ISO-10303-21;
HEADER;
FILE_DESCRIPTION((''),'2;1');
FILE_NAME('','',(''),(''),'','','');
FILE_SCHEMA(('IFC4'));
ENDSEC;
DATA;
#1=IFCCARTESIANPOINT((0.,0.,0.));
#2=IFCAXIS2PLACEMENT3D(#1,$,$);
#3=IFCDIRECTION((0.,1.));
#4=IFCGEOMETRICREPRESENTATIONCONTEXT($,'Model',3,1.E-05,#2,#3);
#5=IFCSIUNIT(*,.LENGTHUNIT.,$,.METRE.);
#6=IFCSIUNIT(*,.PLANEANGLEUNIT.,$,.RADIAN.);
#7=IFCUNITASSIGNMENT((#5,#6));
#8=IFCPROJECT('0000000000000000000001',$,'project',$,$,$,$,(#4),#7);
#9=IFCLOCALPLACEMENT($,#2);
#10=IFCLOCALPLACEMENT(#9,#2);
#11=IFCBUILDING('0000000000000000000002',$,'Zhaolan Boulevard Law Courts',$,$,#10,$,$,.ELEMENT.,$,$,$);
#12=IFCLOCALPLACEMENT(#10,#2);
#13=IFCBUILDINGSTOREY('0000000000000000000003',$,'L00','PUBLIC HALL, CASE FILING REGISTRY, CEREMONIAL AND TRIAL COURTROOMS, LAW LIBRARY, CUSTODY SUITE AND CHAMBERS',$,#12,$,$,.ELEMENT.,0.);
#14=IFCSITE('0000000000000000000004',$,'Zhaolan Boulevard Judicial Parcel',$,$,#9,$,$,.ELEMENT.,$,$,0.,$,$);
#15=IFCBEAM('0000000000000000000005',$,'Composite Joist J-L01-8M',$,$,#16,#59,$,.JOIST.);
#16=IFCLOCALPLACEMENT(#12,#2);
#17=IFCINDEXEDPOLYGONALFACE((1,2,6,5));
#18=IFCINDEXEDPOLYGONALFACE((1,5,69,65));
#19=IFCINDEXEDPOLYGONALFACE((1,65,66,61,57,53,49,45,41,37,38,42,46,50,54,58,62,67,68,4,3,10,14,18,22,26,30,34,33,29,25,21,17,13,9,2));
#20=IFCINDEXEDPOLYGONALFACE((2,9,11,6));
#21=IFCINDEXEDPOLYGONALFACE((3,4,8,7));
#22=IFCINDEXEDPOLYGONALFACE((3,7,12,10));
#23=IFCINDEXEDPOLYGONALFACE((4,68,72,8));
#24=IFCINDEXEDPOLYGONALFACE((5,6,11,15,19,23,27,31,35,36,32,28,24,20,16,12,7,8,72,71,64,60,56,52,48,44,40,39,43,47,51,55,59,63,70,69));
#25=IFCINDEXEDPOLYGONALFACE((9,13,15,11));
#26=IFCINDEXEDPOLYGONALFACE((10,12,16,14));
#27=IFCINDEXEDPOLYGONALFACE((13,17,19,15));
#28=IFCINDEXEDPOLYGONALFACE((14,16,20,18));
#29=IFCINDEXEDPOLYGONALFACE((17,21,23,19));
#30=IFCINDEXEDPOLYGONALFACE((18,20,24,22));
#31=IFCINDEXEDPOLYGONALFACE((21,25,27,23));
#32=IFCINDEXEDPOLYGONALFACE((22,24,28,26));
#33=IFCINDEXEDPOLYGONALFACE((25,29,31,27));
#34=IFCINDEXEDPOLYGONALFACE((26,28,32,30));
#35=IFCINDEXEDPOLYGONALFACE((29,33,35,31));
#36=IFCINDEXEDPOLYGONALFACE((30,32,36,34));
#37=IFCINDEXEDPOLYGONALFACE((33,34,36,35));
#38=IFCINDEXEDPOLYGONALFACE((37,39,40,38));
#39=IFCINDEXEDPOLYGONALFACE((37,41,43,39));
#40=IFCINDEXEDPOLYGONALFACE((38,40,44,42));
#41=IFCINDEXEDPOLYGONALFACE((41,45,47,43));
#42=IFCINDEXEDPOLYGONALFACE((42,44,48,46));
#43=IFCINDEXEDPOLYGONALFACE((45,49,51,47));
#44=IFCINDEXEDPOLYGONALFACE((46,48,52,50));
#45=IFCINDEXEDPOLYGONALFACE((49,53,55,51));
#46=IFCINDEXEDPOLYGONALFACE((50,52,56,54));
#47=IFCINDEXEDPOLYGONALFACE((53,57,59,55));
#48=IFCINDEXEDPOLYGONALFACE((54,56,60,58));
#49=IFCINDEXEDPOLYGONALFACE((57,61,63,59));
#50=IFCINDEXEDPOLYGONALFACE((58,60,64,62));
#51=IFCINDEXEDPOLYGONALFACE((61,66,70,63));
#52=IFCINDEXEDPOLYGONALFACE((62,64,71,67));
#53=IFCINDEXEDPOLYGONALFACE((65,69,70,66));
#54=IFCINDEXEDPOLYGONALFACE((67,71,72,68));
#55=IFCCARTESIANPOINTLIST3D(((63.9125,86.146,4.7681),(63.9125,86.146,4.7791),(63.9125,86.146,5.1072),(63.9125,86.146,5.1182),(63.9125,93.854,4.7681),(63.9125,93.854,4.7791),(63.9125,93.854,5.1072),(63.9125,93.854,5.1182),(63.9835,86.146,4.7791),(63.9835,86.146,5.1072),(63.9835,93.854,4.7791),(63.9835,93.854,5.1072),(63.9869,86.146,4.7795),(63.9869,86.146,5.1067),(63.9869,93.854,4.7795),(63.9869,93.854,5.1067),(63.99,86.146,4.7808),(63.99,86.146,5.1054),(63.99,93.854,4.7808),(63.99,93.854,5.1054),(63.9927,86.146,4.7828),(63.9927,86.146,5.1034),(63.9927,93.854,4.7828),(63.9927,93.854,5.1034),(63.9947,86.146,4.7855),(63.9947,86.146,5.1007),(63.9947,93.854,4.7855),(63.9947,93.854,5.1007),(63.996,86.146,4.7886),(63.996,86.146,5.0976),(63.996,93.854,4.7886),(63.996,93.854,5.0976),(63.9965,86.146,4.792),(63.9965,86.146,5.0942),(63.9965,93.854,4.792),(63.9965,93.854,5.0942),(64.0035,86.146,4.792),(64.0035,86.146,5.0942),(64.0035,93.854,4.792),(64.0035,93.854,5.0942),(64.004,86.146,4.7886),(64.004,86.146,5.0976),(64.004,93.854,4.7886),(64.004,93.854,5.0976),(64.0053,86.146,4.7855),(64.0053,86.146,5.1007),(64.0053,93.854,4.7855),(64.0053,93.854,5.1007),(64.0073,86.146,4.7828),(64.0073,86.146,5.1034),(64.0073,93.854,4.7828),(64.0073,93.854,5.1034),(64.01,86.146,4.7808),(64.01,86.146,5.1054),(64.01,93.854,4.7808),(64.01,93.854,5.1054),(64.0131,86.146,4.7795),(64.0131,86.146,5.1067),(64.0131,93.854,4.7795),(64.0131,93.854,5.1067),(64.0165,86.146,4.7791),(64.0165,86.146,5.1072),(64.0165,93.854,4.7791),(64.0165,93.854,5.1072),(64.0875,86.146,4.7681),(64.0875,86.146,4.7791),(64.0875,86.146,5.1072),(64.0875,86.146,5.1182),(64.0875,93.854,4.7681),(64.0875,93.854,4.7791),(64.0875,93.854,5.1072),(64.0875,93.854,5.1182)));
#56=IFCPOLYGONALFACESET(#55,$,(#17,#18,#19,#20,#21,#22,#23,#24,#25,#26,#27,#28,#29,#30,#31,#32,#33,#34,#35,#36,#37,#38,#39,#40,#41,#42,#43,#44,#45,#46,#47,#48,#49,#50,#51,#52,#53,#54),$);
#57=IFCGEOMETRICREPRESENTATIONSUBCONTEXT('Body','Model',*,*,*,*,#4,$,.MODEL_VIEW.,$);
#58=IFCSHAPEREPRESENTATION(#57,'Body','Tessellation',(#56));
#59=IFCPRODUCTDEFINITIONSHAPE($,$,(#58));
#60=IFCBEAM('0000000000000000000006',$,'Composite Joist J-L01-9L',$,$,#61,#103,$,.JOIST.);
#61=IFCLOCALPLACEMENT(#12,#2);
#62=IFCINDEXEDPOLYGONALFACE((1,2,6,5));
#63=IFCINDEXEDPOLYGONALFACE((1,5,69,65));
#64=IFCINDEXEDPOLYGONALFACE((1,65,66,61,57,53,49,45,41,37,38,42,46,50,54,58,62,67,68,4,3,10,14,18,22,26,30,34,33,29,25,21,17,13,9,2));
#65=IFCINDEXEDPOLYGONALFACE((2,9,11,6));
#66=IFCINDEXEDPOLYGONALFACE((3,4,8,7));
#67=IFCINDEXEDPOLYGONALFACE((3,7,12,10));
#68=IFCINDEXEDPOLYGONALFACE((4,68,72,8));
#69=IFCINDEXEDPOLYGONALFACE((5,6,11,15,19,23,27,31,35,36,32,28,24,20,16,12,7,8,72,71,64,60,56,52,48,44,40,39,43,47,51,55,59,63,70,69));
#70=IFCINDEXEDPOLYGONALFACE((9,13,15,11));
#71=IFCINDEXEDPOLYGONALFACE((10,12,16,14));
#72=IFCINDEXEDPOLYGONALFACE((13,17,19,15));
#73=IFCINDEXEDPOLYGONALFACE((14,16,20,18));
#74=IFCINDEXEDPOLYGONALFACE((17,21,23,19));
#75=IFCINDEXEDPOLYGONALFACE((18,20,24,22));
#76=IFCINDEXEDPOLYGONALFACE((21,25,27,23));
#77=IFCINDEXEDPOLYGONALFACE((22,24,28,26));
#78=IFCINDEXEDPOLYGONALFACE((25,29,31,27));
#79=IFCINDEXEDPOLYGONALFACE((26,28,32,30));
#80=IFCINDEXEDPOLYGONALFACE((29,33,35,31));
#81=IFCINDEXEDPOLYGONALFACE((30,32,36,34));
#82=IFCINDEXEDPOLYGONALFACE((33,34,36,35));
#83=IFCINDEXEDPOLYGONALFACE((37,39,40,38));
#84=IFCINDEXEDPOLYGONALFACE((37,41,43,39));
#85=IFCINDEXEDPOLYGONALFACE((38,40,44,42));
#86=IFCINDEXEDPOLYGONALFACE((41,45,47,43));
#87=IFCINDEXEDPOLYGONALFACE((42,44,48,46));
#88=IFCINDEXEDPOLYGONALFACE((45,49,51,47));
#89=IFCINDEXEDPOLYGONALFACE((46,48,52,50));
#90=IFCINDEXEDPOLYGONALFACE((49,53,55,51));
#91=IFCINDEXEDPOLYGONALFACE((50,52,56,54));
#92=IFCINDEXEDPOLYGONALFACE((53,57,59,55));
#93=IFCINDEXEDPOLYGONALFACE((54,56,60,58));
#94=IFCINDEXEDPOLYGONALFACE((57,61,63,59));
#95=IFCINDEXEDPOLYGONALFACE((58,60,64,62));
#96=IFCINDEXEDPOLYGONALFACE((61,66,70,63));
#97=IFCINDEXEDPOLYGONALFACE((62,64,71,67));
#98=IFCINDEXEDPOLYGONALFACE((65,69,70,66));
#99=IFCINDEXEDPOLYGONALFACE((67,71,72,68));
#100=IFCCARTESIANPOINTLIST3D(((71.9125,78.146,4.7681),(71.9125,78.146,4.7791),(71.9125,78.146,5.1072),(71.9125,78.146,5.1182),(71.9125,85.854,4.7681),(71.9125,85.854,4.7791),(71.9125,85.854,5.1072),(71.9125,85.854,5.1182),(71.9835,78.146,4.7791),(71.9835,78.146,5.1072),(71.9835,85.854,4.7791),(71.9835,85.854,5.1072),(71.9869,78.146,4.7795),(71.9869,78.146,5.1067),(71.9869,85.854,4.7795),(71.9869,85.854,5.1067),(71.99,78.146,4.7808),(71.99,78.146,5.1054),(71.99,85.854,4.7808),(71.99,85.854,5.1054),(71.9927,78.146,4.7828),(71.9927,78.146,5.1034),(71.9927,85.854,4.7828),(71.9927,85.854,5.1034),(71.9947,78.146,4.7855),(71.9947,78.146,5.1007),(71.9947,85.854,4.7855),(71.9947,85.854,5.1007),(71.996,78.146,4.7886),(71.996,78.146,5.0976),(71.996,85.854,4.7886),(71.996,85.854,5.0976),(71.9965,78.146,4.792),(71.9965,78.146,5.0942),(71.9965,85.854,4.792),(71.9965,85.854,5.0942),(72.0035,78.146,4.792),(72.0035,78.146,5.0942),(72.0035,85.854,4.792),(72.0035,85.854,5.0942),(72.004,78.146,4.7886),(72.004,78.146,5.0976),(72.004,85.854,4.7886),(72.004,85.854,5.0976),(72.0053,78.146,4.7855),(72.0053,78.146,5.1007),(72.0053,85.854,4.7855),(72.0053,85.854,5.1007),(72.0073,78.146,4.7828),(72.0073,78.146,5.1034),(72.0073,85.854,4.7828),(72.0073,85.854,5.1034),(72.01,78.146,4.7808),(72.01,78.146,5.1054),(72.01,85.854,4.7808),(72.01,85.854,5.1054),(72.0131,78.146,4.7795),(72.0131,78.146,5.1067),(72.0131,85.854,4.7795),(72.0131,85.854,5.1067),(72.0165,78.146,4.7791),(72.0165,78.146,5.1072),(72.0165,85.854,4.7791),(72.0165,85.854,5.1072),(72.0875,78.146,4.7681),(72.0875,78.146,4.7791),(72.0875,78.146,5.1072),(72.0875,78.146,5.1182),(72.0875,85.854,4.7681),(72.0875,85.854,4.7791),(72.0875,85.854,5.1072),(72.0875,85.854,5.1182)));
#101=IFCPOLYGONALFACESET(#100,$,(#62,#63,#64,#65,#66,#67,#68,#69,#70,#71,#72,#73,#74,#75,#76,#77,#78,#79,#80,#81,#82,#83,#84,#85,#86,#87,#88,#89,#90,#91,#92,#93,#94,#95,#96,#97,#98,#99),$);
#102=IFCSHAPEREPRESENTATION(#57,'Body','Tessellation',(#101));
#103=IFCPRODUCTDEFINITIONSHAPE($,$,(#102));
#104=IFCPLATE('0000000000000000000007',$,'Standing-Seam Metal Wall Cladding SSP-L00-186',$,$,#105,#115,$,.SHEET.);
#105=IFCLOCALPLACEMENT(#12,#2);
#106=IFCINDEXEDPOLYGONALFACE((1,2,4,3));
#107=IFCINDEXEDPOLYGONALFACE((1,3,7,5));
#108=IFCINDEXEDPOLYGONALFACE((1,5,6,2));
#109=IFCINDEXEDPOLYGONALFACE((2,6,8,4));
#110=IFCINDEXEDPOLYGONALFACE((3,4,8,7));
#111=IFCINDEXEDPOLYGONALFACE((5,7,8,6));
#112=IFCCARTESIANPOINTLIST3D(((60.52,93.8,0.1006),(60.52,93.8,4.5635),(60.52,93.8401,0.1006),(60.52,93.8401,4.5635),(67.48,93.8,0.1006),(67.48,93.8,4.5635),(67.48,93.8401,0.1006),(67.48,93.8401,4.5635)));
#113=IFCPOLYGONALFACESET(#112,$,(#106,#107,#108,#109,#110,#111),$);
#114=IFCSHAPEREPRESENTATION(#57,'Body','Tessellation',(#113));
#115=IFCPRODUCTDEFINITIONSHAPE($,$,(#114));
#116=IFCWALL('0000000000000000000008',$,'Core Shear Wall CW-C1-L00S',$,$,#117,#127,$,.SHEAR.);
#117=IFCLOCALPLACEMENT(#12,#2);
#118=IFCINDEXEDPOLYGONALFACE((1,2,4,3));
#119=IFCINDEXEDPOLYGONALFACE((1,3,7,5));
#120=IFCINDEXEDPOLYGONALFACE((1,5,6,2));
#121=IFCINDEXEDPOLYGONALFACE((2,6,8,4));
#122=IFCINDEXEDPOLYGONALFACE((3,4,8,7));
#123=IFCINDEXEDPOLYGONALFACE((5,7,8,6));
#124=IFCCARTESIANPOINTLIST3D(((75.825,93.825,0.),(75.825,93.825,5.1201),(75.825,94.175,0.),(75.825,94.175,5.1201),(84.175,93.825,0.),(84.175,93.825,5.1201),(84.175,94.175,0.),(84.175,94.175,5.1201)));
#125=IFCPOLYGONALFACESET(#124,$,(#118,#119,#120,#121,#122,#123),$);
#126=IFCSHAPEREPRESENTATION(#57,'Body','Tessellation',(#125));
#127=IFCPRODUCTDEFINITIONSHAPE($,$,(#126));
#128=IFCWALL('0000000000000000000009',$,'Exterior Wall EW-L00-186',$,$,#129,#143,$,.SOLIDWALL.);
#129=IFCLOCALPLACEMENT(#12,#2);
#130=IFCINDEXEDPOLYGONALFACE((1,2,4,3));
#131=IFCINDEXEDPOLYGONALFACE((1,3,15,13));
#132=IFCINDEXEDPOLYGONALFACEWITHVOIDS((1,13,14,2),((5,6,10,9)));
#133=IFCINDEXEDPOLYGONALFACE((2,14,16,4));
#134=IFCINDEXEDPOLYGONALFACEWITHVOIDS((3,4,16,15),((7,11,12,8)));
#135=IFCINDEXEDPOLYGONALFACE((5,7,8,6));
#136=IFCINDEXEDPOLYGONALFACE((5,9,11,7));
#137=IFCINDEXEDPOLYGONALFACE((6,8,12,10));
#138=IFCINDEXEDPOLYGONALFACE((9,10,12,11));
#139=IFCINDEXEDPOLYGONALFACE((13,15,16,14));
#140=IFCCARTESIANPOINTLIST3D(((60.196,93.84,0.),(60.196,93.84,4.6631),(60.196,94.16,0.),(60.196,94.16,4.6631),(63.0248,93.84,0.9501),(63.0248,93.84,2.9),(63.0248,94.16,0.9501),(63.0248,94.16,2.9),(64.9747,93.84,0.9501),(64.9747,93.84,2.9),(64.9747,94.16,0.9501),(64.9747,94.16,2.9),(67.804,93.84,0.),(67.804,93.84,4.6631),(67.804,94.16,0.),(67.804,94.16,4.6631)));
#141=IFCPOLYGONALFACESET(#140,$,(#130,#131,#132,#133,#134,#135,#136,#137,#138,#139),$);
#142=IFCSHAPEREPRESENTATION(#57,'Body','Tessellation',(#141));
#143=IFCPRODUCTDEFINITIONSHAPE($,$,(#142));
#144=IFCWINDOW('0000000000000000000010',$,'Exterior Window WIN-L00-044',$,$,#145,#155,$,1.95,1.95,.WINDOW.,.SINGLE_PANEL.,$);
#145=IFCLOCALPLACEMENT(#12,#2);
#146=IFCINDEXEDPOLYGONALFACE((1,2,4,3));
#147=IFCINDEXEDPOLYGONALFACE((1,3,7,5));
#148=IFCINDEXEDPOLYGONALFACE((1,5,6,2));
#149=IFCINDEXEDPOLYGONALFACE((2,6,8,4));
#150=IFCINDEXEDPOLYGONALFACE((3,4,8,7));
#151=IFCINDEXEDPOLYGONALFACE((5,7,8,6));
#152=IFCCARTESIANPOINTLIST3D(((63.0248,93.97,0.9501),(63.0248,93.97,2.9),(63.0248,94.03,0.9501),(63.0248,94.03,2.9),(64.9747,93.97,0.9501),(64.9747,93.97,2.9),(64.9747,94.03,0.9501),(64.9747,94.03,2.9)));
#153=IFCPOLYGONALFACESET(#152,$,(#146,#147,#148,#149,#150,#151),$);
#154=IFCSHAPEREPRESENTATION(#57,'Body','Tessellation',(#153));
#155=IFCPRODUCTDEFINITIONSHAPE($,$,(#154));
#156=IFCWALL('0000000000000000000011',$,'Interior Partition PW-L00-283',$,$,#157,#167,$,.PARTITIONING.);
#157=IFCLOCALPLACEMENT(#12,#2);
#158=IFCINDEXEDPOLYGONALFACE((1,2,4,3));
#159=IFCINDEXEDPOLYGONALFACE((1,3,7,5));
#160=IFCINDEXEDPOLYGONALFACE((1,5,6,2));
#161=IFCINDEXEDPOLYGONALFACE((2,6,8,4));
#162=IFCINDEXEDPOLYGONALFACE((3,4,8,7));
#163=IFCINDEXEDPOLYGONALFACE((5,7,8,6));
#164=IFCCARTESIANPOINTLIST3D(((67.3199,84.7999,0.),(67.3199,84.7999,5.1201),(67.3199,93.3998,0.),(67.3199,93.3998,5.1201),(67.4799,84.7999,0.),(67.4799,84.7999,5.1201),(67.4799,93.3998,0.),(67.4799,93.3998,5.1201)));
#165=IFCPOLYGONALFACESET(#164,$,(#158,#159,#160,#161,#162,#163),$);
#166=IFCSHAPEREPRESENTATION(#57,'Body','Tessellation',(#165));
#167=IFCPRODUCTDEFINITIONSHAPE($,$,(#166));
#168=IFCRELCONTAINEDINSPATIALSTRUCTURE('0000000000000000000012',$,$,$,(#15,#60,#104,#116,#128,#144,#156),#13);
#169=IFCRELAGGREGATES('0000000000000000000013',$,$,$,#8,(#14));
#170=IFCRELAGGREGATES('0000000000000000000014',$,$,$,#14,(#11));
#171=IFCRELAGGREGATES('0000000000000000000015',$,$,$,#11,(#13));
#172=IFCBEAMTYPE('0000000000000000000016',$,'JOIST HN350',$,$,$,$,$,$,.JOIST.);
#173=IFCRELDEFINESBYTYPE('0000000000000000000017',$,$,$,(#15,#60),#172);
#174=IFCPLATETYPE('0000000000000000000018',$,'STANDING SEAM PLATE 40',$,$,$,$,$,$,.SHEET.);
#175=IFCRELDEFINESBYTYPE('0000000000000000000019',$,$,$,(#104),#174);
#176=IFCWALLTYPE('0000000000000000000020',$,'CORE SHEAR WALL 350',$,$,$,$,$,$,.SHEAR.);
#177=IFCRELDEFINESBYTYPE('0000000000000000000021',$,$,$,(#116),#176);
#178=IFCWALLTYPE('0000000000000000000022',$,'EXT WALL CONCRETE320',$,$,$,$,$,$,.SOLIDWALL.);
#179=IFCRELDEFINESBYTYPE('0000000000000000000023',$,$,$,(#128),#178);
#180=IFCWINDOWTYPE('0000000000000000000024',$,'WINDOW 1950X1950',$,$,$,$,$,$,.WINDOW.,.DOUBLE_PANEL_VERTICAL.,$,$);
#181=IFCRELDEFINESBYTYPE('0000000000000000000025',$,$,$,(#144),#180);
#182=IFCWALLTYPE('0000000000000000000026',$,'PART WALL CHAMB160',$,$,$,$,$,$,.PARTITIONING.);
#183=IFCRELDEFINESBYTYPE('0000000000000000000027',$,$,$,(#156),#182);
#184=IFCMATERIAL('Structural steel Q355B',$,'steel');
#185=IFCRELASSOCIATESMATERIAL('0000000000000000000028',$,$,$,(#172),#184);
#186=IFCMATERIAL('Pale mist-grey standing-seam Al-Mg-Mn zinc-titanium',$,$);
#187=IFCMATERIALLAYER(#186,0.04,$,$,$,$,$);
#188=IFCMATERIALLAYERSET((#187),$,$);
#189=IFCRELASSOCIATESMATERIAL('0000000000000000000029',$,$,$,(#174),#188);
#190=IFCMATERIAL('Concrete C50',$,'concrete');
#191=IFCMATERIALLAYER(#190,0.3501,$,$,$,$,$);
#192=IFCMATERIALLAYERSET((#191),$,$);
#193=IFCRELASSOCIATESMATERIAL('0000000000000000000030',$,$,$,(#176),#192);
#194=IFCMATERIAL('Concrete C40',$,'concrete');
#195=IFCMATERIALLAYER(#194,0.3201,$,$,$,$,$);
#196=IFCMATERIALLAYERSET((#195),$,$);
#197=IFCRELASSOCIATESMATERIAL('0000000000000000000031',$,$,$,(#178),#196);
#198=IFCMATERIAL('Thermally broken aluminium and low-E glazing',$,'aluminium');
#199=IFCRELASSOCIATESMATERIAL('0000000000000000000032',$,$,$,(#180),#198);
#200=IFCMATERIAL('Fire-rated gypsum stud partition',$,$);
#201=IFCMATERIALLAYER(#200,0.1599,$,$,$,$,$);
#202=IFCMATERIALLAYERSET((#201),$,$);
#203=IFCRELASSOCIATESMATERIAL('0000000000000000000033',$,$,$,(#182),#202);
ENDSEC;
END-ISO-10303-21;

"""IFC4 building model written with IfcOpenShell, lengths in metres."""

from ifc_helpers import new_model, si_unit, direction, frame, frame_2d, origin, origin_2d, place, context, subcontext, project, spatial, rectangle, i_section, extrude, material, layer, layer_set, material_profile, profile_set, type_object, element, fill, save


model = new_model("IFC4")

# Units and contexts
model_context = context("Model", 3, precision=1e-05, world=origin(), true_north=direction((0.0, 1.0)))
body_context = subcontext(model_context, "Body", "Model", "MODEL_VIEW")
ifc_project = project(units=[si_unit("LENGTHUNIT", "METRE"), si_unit("PLANEANGLEUNIT", "RADIAN")], contexts=[model_context])

# Site, building, storey
site_placement = place(None, origin())
site = spatial("IfcSite", under=ifc_project, at=site_placement, Name="Zhaolan Boulevard Judicial Parcel", CompositionType="ELEMENT", RefElevation=0.0)
building_placement = place(site_placement, origin())
building = spatial("IfcBuilding", under=site, at=building_placement, Name="Zhaolan Boulevard Law Courts", CompositionType="ELEMENT")
storey_placement = place(building_placement, origin())
storey = spatial("IfcBuildingStorey", under=building, at=storey_placement, Name="L00", Description="PUBLIC HALL, CASE FILING REGISTRY, CEREMONIAL AND TRIAL COURTROOMS, LAW LIBRARY, CUSTODY SUITE AND CHAMBERS", CompositionType="ELEMENT", Elevation=0.0)

# Beams
ifc_material_1 = material(Name="Structural steel Q355B", Category="steel")
ifc_material_profile_1 = material_profile(ifc_material_1, i_section(OverallWidth=0.175, OverallDepth=0.3501, WebThickness=0.0071, FlangeThickness=0.011, FilletRadius=0.0129, at=origin_2d()), Name="HN350x175")
ifc_profile_set_1 = profile_set([ifc_material_profile_1], Name="Structural steel Q355B")
beam_type_1 = type_object("IfcBeamType", Name="JOIST HN350", PredefinedType="JOIST", material=ifc_profile_set_1)
for number, where, z_axis, x_axis, name in (
    (1, (64.0, 86.146, 4.9431), (0.0, 1.0, 0.0), (-1.0, 0.0, 0.0), "Composite Joist J-L01-8M"),
    (2, (72.0, 78.146, 4.9431), (0.0, 1.0, 0.0), (-1.0, 0.0, 0.0), "Composite Joist J-L01-9L"),
):
    element("IfcBeam", number, at=place(storey_placement, frame(where, z_axis=z_axis, x_axis=x_axis)), inside=storey, type_object=beam_type_1, Name=name, PredefinedType="JOIST", context=body_context, shape_type="SweptSolid", body=[
        extrude(i_section(OverallWidth=0.175, OverallDepth=0.3501, WebThickness=0.0071, FlangeThickness=0.011, FilletRadius=0.0129, at=origin_2d()), origin(), (0.0, 0.0, 1.0), 7.708),
    ])

# Plate
ifc_material_2 = material(Name="Pale mist-grey standing-seam Al-Mg-Mn zinc-titanium")
ifc_layer_1 = layer(ifc_material_2, 0.04)
ifc_layer_set_1 = layer_set([ifc_layer_1])
plate_type = type_object("IfcPlateType", Name="STANDING SEAM PLATE 40", PredefinedType="SHEET", material=ifc_layer_set_1)
plate_placement = place(storey_placement, frame((64.0, 93.8201, 0.1006), z_axis=(0.0, 0.0, 1.0), x_axis=(-1.0, 0.0, 0.0)))
element("IfcPlate", 3, at=plate_placement, inside=storey, type_object=plate_type, Name="Standing-Seam Metal Wall Cladding SSP-L00-186", PredefinedType="SHEET", context=body_context, shape_type="SweptSolid", body=[
    extrude(rectangle(XDim=6.96, YDim=0.04, at=origin_2d()), origin(), (0.0, 0.0, 1.0), 4.4629),
])

# Wall
ifc_material_3 = material(Name="Concrete C50", Category="concrete")
ifc_layer_2 = layer(ifc_material_3, 0.3501)
ifc_layer_set_2 = layer_set([ifc_layer_2])
wall_type_1 = type_object("IfcWallType", Name="CORE SHEAR WALL 350", PredefinedType="SHEAR", material=ifc_layer_set_2)
wall_1_placement = place(storey_placement, frame((75.825, 94.0, 0.0), z_axis=(0.0, 0.0, 1.0), x_axis=(1.0, 0.0, 0.0)))
element("IfcWall", 4, at=wall_1_placement, inside=storey, type_object=wall_type_1, Name="Core Shear Wall CW-C1-L00S", PredefinedType="SHEAR", context=body_context, shape_type="SweptSolid", body=[
    extrude(rectangle(XDim=8.3501, YDim=0.3501, at=frame_2d((4.175, 0.0))), origin(), (0.0, 0.0, 1.0), 5.1201),
])

# Wall, opening, window
ifc_material_4 = material(Name="Concrete C40", Category="concrete")
ifc_layer_3 = layer(ifc_material_4, 0.3201)
ifc_layer_set_3 = layer_set([ifc_layer_3])
wall_type_2 = type_object("IfcWallType", Name="EXT WALL CONCRETE320", PredefinedType="SOLIDWALL", material=ifc_layer_set_3)
wall_2_placement = place(storey_placement, frame((67.804, 94.0, 0.0), z_axis=(0.0, 0.0, 1.0), x_axis=(-1.0, 0.0, 0.0)))
wall_2 = element("IfcWall", 5, at=wall_2_placement, inside=storey, type_object=wall_type_2, Name="Exterior Wall EW-L00-186", PredefinedType="SOLIDWALL", context=body_context, shape_type="SweptSolid", body=[
    extrude(rectangle(XDim=7.6079, YDim=0.3201, at=frame_2d((3.804, 0.0))), origin(), (0.0, 0.0, 1.0), 4.6631),
])
opening_1_placement = place(wall_2_placement, frame((2.8291, 0.0, 0.95)))
opening_1 = element("IfcOpeningElement", 6, at=opening_1_placement, cuts=wall_2, PredefinedType="OPENING", context=body_context, shape_type="SweptSolid", body=[
    extrude(rectangle(XDim=1.95, YDim=1.95, at=frame_2d((0.9751, 0.9751))), frame((0.0, 0.1699, 0.0), z_axis=(0.0, -1.0, 0.0), x_axis=(1.0, 0.0, 0.0)), (0.0, 0.0, 1.0), 0.3401),
])
ifc_material_5 = material(Name="Thermally broken aluminium and low-E glazing", Category="aluminium")
window_type = type_object("IfcWindowType", Name="WINDOW 1950X1950", PartitioningType="DOUBLE_PANEL_VERTICAL", PredefinedType="WINDOW", material=ifc_material_5)
window_placement = place(opening_1_placement, origin())
window = element("IfcWindow", 7, at=window_placement, inside=storey, type_object=window_type, Name="Exterior Window WIN-L00-044", OverallHeight=1.95, OverallWidth=1.95, PartitioningType="SINGLE_PANEL", PredefinedType="WINDOW", context=body_context, shape_type="SweptSolid", body=[
    extrude(rectangle(XDim=1.95, YDim=1.95, at=frame_2d((0.9751, 0.9751))), frame((0.0, 0.03, 0.0), z_axis=(0.0, -1.0, 0.0), x_axis=(1.0, 0.0, 0.0)), (0.0, 0.0, 1.0), 0.0601),
])
fill(opening_1, window)

# Wall
ifc_material_6 = material(Name="Fire-rated gypsum stud partition")
ifc_layer_4 = layer(ifc_material_6, 0.1599)
ifc_layer_set_4 = layer_set([ifc_layer_4])
wall_type_3 = type_object("IfcWallType", Name="PART WALL CHAMB160", PredefinedType="PARTITIONING", material=ifc_layer_set_4)
wall_3_placement = place(storey_placement, frame((67.3999, 84.8, 0.0), z_axis=(0.0, 0.0, 1.0), x_axis=(0.0, 1.0, 0.0)))
element("IfcWall", 8, at=wall_3_placement, inside=storey, type_object=wall_type_3, Name="Interior Partition PW-L00-283", PredefinedType="PARTITIONING", context=body_context, shape_type="SweptSolid", body=[
    extrude(rectangle(XDim=8.5999, YDim=0.1599, at=frame_2d((4.2998, 0.0))), origin(), (0.0, 0.0, 1.0), 5.1201),
])

save(model, "model.ifc")
